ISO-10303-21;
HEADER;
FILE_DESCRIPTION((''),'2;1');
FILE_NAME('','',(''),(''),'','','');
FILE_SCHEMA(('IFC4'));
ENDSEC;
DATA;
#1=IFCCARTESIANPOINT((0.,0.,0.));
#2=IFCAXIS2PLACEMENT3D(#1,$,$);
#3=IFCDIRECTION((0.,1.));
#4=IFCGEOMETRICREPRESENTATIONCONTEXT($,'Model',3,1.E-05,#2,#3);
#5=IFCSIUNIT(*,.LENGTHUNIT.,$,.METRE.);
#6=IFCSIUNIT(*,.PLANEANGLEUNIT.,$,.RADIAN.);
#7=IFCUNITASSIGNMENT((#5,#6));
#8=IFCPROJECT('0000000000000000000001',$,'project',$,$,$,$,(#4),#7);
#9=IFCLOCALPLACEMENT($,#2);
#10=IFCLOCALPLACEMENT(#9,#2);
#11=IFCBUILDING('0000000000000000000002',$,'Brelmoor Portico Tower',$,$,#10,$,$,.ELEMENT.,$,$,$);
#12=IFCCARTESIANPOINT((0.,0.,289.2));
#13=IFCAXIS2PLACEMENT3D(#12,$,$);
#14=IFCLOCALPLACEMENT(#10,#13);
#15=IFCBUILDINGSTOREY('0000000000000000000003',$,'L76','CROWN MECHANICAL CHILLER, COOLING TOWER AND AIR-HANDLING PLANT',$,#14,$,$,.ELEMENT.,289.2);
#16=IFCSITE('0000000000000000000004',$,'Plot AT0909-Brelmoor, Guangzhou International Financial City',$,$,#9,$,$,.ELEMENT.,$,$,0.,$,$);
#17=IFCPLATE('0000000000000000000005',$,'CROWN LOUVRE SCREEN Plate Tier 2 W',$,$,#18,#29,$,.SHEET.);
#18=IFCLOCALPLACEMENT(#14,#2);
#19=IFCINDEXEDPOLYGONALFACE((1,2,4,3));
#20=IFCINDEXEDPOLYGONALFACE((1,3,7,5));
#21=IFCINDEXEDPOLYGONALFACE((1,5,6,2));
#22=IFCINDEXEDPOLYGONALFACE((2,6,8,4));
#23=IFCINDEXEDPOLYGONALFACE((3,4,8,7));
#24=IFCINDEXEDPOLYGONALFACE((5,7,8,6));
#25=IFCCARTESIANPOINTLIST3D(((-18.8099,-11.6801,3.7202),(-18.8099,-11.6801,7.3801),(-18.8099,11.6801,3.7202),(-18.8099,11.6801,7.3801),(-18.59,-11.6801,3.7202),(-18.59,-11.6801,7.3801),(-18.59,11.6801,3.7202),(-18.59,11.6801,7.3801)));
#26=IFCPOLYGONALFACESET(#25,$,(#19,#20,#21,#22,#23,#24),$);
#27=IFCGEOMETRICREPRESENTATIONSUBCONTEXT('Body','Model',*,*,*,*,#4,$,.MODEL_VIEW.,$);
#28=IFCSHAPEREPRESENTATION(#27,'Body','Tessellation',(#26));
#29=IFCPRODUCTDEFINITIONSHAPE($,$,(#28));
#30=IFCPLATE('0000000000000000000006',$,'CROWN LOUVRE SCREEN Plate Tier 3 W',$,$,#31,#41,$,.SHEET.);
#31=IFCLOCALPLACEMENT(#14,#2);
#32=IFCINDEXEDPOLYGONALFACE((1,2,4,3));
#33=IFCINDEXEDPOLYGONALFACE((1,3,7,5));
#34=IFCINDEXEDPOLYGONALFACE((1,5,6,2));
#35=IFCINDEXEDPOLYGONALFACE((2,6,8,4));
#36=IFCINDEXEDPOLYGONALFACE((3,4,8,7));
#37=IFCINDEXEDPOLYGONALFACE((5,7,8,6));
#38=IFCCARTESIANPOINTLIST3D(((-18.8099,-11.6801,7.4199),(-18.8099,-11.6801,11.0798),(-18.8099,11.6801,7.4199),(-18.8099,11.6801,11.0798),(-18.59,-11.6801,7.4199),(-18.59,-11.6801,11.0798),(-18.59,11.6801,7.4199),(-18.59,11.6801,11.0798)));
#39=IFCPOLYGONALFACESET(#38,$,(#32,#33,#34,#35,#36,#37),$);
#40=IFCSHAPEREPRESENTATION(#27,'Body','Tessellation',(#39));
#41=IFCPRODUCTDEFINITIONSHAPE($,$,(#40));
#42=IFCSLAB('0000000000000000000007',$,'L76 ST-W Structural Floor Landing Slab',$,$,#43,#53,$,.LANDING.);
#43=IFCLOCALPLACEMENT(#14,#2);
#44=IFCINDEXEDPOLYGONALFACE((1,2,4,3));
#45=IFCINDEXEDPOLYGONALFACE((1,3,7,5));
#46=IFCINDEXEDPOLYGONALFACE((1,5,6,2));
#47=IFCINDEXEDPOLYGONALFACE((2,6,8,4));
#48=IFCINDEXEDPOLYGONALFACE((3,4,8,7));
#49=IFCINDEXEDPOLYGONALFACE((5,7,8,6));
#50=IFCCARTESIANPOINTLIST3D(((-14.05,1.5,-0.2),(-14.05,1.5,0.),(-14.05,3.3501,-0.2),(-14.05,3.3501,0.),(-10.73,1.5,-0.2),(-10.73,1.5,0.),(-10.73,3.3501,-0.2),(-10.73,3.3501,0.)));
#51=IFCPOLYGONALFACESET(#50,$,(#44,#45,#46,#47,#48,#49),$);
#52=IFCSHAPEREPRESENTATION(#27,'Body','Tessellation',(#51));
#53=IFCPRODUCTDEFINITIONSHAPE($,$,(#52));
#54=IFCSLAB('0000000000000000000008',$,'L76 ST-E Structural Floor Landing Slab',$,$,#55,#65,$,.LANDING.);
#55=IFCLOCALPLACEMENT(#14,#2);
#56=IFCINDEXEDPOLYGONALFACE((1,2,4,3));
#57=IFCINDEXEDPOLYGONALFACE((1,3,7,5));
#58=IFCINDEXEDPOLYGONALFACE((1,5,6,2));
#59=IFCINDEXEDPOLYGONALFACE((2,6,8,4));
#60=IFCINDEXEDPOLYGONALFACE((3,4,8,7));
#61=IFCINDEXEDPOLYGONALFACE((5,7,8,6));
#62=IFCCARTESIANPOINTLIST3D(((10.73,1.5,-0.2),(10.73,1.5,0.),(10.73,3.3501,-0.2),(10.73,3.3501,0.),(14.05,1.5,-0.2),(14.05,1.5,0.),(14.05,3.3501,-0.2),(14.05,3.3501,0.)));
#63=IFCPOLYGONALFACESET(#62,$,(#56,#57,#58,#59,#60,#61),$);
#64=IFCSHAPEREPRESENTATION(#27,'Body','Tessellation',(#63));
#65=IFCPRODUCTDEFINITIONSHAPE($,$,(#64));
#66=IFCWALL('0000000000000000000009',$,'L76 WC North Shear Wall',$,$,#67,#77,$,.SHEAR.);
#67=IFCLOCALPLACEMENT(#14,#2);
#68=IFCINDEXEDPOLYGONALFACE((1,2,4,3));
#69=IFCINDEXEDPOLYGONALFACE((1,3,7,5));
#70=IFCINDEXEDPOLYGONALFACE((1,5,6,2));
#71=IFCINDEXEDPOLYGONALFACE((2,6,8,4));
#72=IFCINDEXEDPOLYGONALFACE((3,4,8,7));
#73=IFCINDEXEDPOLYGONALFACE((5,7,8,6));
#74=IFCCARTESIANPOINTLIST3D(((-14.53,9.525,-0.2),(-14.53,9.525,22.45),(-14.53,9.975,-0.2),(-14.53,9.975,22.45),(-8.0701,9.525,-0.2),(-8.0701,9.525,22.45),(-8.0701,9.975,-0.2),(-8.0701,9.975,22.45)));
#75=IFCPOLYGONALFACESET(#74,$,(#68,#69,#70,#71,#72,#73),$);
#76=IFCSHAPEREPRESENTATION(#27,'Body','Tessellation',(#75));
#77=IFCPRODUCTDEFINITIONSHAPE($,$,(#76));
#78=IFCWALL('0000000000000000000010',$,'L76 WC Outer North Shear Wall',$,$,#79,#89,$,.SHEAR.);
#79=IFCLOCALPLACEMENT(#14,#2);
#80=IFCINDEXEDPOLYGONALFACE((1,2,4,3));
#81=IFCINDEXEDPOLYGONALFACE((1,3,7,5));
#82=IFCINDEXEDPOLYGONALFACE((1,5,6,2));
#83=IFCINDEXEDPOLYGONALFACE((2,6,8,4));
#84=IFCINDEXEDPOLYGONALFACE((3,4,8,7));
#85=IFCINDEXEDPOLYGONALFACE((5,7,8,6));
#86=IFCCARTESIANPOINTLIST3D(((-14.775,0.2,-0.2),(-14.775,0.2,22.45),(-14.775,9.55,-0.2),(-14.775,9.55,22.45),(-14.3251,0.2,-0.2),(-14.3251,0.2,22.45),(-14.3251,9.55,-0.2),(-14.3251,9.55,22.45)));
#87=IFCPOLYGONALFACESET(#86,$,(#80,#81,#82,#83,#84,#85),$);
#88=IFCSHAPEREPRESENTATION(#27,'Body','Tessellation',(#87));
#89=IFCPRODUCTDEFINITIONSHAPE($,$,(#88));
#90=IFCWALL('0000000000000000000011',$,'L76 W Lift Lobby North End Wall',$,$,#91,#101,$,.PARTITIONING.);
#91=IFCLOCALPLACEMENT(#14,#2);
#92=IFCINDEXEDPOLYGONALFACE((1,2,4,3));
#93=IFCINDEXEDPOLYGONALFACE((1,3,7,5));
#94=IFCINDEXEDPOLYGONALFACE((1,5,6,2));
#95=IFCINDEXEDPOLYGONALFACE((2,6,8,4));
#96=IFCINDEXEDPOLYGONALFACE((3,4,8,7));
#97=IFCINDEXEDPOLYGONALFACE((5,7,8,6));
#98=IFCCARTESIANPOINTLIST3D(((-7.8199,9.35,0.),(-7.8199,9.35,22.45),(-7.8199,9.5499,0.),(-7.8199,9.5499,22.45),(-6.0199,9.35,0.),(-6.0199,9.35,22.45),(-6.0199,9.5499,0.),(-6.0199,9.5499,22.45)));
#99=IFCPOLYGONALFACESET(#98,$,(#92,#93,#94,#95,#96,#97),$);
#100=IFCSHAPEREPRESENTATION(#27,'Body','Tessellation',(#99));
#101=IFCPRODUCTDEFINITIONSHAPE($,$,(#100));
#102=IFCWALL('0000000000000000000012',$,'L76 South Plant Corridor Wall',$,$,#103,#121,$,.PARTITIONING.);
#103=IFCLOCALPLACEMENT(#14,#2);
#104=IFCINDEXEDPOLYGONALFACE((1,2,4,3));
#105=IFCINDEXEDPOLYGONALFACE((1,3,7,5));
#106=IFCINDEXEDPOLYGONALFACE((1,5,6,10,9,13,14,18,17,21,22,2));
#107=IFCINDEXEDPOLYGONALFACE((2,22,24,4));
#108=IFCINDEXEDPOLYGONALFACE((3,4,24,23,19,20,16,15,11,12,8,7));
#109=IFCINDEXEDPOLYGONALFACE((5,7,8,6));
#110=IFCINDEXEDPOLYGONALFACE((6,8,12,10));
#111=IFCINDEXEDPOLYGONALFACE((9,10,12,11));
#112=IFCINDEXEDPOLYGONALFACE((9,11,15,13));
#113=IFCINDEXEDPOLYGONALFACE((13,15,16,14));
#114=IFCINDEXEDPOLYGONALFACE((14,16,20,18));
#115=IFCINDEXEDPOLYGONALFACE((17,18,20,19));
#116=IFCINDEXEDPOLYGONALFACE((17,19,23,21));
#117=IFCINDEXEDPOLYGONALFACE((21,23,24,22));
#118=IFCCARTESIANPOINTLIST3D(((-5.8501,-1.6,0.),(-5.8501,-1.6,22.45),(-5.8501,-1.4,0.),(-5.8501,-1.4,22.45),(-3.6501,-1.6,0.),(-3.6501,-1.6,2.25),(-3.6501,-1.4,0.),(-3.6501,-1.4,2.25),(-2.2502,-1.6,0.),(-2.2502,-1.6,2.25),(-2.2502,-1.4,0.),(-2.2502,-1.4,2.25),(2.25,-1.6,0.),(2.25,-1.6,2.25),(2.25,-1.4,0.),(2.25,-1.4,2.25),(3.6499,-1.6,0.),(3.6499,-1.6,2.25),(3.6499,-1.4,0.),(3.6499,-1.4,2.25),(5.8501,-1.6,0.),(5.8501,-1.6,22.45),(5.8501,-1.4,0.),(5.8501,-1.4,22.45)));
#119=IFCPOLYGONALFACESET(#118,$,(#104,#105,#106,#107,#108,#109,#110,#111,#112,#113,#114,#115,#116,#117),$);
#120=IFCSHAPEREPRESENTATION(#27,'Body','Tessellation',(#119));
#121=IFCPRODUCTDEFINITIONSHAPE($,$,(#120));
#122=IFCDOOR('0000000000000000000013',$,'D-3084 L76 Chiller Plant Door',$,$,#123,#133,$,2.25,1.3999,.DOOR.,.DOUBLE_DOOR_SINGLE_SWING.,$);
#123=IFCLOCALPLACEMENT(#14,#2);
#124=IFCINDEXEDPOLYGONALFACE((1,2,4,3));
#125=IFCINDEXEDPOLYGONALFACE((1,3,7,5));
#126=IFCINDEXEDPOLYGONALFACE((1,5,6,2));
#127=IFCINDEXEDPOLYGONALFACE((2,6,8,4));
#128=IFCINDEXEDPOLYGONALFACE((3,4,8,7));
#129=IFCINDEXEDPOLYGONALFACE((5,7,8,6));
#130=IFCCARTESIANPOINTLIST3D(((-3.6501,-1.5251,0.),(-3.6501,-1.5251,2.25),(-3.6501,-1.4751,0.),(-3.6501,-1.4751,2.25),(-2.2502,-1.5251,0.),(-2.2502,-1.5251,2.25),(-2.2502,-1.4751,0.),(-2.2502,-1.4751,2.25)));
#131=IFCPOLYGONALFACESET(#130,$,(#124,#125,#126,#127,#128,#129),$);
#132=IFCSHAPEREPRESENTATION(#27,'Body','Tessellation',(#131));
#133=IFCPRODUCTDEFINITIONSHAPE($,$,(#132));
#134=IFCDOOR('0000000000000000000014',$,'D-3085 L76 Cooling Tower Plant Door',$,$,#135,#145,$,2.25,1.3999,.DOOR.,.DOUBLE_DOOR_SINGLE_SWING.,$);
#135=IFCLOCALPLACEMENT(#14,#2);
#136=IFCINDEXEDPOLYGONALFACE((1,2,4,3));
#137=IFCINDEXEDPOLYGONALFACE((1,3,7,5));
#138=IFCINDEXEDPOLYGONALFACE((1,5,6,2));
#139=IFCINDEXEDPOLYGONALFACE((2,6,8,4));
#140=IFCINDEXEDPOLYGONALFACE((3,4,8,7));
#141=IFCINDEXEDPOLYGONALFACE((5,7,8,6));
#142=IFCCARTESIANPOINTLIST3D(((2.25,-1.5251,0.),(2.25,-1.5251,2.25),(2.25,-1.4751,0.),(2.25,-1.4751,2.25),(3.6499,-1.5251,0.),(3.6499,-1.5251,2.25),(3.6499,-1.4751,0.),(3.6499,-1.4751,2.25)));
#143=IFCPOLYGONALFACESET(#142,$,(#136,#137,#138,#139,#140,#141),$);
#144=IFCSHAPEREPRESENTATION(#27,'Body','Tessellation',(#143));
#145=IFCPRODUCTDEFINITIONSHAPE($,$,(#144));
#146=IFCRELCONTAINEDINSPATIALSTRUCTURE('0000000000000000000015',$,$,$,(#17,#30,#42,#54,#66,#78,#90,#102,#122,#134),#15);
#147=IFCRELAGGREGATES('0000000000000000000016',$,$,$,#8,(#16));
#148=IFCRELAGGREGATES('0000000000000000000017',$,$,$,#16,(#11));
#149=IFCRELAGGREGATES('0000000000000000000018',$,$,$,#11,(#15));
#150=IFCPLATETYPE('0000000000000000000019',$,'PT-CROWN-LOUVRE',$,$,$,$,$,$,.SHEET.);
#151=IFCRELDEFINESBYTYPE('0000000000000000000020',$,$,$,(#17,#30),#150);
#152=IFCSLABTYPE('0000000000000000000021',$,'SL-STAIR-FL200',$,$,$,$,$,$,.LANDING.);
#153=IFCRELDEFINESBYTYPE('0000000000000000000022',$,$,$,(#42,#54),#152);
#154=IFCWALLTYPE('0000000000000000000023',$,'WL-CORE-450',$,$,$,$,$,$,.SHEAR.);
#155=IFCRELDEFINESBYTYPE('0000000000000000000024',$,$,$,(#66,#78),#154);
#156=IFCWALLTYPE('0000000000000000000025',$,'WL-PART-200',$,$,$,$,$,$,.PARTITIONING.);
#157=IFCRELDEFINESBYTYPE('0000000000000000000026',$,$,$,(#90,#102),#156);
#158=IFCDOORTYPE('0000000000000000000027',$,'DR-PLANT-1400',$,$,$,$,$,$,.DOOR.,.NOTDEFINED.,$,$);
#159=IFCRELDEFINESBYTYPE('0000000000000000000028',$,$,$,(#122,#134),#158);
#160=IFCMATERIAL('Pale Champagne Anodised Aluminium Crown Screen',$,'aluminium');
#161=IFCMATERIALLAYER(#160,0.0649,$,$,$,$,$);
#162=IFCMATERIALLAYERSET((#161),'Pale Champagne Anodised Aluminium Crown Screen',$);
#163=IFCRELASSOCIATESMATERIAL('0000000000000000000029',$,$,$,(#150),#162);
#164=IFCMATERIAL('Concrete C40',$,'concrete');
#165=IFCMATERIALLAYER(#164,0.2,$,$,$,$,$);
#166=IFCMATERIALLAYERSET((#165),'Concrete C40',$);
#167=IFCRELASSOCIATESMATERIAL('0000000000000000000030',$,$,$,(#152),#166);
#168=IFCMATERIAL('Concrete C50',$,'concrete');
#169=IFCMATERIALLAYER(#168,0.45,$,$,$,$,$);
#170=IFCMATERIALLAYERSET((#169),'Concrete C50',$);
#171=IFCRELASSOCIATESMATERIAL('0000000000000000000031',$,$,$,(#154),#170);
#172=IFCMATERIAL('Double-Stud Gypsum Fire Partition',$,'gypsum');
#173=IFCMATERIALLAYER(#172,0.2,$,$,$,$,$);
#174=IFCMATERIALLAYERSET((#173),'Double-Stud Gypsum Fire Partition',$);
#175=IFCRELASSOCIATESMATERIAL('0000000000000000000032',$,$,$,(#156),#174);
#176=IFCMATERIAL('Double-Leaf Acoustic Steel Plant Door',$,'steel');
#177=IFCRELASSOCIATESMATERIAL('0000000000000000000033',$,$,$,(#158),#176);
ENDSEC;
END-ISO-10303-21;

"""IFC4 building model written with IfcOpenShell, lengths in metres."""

from ifc_helpers import new_model, si_unit, direction, frame, frame_2d, origin, origin_2d, place, context, subcontext, project, spatial, polyline, rectangle, outline, extrude, material, layer, layer_set, type_object, element, fill, save


model = new_model("IFC4")

# Units and contexts
model_context = context("Model", 3, precision=1e-05, world=origin(), true_north=direction((0.0, 1.0)))
body_context = subcontext(model_context, "Body", "Model", "MODEL_VIEW")
ifc_project = project(units=[si_unit("LENGTHUNIT", "METRE"), si_unit("PLANEANGLEUNIT", "RADIAN")], contexts=[model_context])

# Site, building, storey
site_placement = place(None, origin())
site = spatial("IfcSite", under=ifc_project, at=site_placement, Name="Plot AT0909-Brelmoor, Guangzhou International Financial City", CompositionType="ELEMENT", RefElevation=0.0)
building_placement = place(site_placement, origin())
building = spatial("IfcBuilding", under=site, at=building_placement, Name="Brelmoor Portico Tower", CompositionType="ELEMENT")
storey_placement = place(building_placement, frame((0.0, 0.0, 289.2)))
storey = spatial("IfcBuildingStorey", under=building, at=storey_placement, Name="L76", Description="CROWN MECHANICAL CHILLER, COOLING TOWER AND AIR-HANDLING PLANT", CompositionType="ELEMENT", Elevation=289.2)

# Plates
ifc_material_1 = material(Name="Pale Champagne Anodised Aluminium Crown Screen", Category="aluminium")
ifc_layer_1 = layer(ifc_material_1, 0.0649)
ifc_layer_set_1 = layer_set([ifc_layer_1], Name="Pale Champagne Anodised Aluminium Crown Screen")
plate_type_1 = type_object("IfcPlateType", Name="PT-CROWN-LOUVRE", PredefinedType="SHEET", material=ifc_layer_set_1)
for number, where, z_axis, x_axis, name in (
    (1, (-18.7, 0.0, 3.7202), (0.0, 0.0, 1.0), (0.0, 1.0, 0.0), "CROWN LOUVRE SCREEN Plate Tier 2 W"),
    (2, (-18.7, 0.0, 7.4199), (0.0, 0.0, 1.0), (0.0, 1.0, 0.0), "CROWN LOUVRE SCREEN Plate Tier 3 W"),
):
    element("IfcPlate", number, at=place(storey_placement, frame(where, z_axis=z_axis, x_axis=x_axis)), inside=storey, type_object=plate_type_1, Name=name, PredefinedType="SHEET", context=body_context, shape_type="SweptSolid", body=[
        extrude(rectangle(XDim=23.3601, YDim=0.22, at=origin_2d()), origin(), (0.0, 0.0, 1.0), 3.6599),
    ])

# Slabs
ifc_material_2 = material(Name="Concrete C40", Category="concrete")
ifc_layer_2 = layer(ifc_material_2, 0.2)
ifc_layer_set_2 = layer_set([ifc_layer_2], Name="Concrete C40")
slab_type = type_object("IfcSlabType", Name="SL-STAIR-FL200", PredefinedType="LANDING", material=ifc_layer_set_2)
slab_1_placement = place(storey_placement, frame((0.0, 0.0, -0.2)))
element("IfcSlab", 3, at=slab_1_placement, inside=storey, type_object=slab_type, Name="L76 ST-W Structural Floor Landing Slab", PredefinedType="LANDING", context=body_context, shape_type="SweptSolid", body=[
    extrude(outline(polyline([(-10.73, 1.5), (-10.73, 3.3501), (-14.05, 3.3501), (-14.05, 1.5), (-10.73, 1.5)])), origin(), (0.0, 0.0, 1.0), 0.2),
])
slab_2_placement = place(storey_placement, frame((0.0, 0.0, -0.2)))
element("IfcSlab", 4, at=slab_2_placement, inside=storey, type_object=slab_type, Name="L76 ST-E Structural Floor Landing Slab", PredefinedType="LANDING", context=body_context, shape_type="SweptSolid", body=[
    extrude(outline(polyline([(14.05, 1.5), (14.05, 3.3501), (10.73, 3.3501), (10.73, 1.5), (14.05, 1.5)])), origin(), (0.0, 0.0, 1.0), 0.2),
])

# Walls
ifc_material_3 = material(Name="Concrete C50", Category="concrete")
ifc_layer_3 = layer(ifc_material_3, 0.45)
ifc_layer_set_3 = layer_set([ifc_layer_3], Name="Concrete C50")
wall_type_1 = type_object("IfcWallType", Name="WL-CORE-450", PredefinedType="SHEAR", material=ifc_layer_set_3)
wall_1_placement = place(storey_placement, frame((-14.53, 9.75, -0.2), z_axis=(0.0, 0.0, 1.0), x_axis=(1.0, 0.0, 0.0)))
element("IfcWall", 5, at=wall_1_placement, inside=storey, type_object=wall_type_1, Name="L76 WC North Shear Wall", PredefinedType="SHEAR", context=body_context, shape_type="SweptSolid", body=[
    extrude(rectangle(XDim=6.46, YDim=0.45, at=frame_2d((3.23, 0.0))), origin(), (0.0, 0.0, 1.0), 22.6499),
])
wall_2_placement = place(storey_placement, frame((-14.55, 0.2, -0.2), z_axis=(0.0, 0.0, 1.0), x_axis=(0.0, 1.0, 0.0)))
element("IfcWall", 6, at=wall_2_placement, inside=storey, type_object=wall_type_1, Name="L76 WC Outer North Shear Wall", PredefinedType="SHEAR", context=body_context, shape_type="SweptSolid", body=[
    extrude(rectangle(XDim=9.3501, YDim=0.45, at=frame_2d((4.675, 0.0))), origin(), (0.0, 0.0, 1.0), 22.6499),
])
ifc_material_4 = material(Name="Double-Stud Gypsum Fire Partition", Category="gypsum")
ifc_layer_4 = layer(ifc_material_4, 0.2)
ifc_layer_set_4 = layer_set([ifc_layer_4], Name="Double-Stud Gypsum Fire Partition")
wall_type_2 = type_object("IfcWallType", Name="WL-PART-200", PredefinedType="PARTITIONING", material=ifc_layer_set_4)
wall_3_placement = place(storey_placement, frame((-6.02, 9.45, 0.0), z_axis=(0.0, 0.0, 1.0), x_axis=(-1.0, 0.0, 0.0)))
element("IfcWall", 7, at=wall_3_placement, inside=storey, type_object=wall_type_2, Name="L76 W Lift Lobby North End Wall", PredefinedType="PARTITIONING", context=body_context, shape_type="SweptSolid", body=[
    extrude(rectangle(XDim=1.8, YDim=0.2, at=frame_2d((0.8999, 0.0))), origin(), (0.0, 0.0, 1.0), 22.45),
])

# Wall, openings, doors
wall_4_placement = place(storey_placement, frame((-5.8501, -1.5, 0.0), z_axis=(0.0, 0.0, 1.0), x_axis=(1.0, 0.0, 0.0)))
wall_4 = element("IfcWall", 8, at=wall_4_placement, inside=storey, type_object=wall_type_2, Name="L76 South Plant Corridor Wall", PredefinedType="PARTITIONING", context=body_context, shape_type="SweptSolid", body=[
    extrude(rectangle(XDim=11.7002, YDim=0.2, at=frame_2d((5.8501, 0.0))), origin(), (0.0, 0.0, 1.0), 22.45),
])
opening_1_placement = place(wall_4_placement, frame((2.2, 0.0, 0.0)))
opening_1 = element("IfcOpeningElement", 9, at=opening_1_placement, cuts=wall_4, PredefinedType="OPENING", context=body_context, shape_type="SweptSolid", body=[
    extrude(rectangle(XDim=1.3999, YDim=2.25, at=frame_2d((0.7, 1.125))), frame((0.0, 0.1099, 0.0), z_axis=(0.0, -1.0, 0.0), x_axis=(1.0, 0.0, 0.0)), (0.0, 0.0, 1.0), 0.22),
])
opening_2_placement = place(wall_4_placement, frame((8.1001, 0.0, 0.0)))
opening_2 = element("IfcOpeningElement", 10, at=opening_2_placement, cuts=wall_4, PredefinedType="OPENING", context=body_context, shape_type="SweptSolid", body=[
    extrude(rectangle(XDim=1.3999, YDim=2.25, at=frame_2d((0.7, 1.125))), frame((0.0, 0.1099, 0.0), z_axis=(0.0, -1.0, 0.0), x_axis=(1.0, 0.0, 0.0)), (0.0, 0.0, 1.0), 0.22),
])
ifc_material_5 = material(Name="Double-Leaf Acoustic Steel Plant Door", Category="steel")
door_type_1 = type_object("IfcDoorType", Name="DR-PLANT-1400", OperationType="NOTDEFINED", PredefinedType="DOOR", material=ifc_material_5)
door_1_placement = place(opening_1_placement, origin())
door_1 = element("IfcDoor", 11, at=door_1_placement, inside=storey, type_object=door_type_1, Name="D-3084 L76 Chiller Plant Door", OperationType="DOUBLE_DOOR_SINGLE_SWING", OverallHeight=2.25, OverallWidth=1.3999, PredefinedType="DOOR", context=body_context, shape_type="SweptSolid", body=[
    extrude(rectangle(XDim=1.3999, YDim=2.25, at=frame_2d((0.7, 1.125))), frame((0.0, 0.0249, 0.0), z_axis=(0.0, -1.0, 0.0), x_axis=(1.0, 0.0, 0.0)), (0.0, 0.0, 1.0), 0.05),
])
fill(opening_1, door_1)
door_2_placement = place(opening_2_placement, origin())
door_2 = element("IfcDoor", 12, at=door_2_placement, inside=storey, type_object=door_type_1, Name="D-3085 L76 Cooling Tower Plant Door", OperationType="DOUBLE_DOOR_SINGLE_SWING", OverallHeight=2.25, OverallWidth=1.3999, PredefinedType="DOOR", context=body_context, shape_type="SweptSolid", body=[
    extrude(rectangle(XDim=1.3999, YDim=2.25, at=frame_2d((0.7, 1.125))), frame((0.0, 0.0249, 0.0), z_axis=(0.0, -1.0, 0.0), x_axis=(1.0, 0.0, 0.0)), (0.0, 0.0, 1.0), 0.05),
])
fill(opening_2, door_2)

save(model, "model.ifc")
